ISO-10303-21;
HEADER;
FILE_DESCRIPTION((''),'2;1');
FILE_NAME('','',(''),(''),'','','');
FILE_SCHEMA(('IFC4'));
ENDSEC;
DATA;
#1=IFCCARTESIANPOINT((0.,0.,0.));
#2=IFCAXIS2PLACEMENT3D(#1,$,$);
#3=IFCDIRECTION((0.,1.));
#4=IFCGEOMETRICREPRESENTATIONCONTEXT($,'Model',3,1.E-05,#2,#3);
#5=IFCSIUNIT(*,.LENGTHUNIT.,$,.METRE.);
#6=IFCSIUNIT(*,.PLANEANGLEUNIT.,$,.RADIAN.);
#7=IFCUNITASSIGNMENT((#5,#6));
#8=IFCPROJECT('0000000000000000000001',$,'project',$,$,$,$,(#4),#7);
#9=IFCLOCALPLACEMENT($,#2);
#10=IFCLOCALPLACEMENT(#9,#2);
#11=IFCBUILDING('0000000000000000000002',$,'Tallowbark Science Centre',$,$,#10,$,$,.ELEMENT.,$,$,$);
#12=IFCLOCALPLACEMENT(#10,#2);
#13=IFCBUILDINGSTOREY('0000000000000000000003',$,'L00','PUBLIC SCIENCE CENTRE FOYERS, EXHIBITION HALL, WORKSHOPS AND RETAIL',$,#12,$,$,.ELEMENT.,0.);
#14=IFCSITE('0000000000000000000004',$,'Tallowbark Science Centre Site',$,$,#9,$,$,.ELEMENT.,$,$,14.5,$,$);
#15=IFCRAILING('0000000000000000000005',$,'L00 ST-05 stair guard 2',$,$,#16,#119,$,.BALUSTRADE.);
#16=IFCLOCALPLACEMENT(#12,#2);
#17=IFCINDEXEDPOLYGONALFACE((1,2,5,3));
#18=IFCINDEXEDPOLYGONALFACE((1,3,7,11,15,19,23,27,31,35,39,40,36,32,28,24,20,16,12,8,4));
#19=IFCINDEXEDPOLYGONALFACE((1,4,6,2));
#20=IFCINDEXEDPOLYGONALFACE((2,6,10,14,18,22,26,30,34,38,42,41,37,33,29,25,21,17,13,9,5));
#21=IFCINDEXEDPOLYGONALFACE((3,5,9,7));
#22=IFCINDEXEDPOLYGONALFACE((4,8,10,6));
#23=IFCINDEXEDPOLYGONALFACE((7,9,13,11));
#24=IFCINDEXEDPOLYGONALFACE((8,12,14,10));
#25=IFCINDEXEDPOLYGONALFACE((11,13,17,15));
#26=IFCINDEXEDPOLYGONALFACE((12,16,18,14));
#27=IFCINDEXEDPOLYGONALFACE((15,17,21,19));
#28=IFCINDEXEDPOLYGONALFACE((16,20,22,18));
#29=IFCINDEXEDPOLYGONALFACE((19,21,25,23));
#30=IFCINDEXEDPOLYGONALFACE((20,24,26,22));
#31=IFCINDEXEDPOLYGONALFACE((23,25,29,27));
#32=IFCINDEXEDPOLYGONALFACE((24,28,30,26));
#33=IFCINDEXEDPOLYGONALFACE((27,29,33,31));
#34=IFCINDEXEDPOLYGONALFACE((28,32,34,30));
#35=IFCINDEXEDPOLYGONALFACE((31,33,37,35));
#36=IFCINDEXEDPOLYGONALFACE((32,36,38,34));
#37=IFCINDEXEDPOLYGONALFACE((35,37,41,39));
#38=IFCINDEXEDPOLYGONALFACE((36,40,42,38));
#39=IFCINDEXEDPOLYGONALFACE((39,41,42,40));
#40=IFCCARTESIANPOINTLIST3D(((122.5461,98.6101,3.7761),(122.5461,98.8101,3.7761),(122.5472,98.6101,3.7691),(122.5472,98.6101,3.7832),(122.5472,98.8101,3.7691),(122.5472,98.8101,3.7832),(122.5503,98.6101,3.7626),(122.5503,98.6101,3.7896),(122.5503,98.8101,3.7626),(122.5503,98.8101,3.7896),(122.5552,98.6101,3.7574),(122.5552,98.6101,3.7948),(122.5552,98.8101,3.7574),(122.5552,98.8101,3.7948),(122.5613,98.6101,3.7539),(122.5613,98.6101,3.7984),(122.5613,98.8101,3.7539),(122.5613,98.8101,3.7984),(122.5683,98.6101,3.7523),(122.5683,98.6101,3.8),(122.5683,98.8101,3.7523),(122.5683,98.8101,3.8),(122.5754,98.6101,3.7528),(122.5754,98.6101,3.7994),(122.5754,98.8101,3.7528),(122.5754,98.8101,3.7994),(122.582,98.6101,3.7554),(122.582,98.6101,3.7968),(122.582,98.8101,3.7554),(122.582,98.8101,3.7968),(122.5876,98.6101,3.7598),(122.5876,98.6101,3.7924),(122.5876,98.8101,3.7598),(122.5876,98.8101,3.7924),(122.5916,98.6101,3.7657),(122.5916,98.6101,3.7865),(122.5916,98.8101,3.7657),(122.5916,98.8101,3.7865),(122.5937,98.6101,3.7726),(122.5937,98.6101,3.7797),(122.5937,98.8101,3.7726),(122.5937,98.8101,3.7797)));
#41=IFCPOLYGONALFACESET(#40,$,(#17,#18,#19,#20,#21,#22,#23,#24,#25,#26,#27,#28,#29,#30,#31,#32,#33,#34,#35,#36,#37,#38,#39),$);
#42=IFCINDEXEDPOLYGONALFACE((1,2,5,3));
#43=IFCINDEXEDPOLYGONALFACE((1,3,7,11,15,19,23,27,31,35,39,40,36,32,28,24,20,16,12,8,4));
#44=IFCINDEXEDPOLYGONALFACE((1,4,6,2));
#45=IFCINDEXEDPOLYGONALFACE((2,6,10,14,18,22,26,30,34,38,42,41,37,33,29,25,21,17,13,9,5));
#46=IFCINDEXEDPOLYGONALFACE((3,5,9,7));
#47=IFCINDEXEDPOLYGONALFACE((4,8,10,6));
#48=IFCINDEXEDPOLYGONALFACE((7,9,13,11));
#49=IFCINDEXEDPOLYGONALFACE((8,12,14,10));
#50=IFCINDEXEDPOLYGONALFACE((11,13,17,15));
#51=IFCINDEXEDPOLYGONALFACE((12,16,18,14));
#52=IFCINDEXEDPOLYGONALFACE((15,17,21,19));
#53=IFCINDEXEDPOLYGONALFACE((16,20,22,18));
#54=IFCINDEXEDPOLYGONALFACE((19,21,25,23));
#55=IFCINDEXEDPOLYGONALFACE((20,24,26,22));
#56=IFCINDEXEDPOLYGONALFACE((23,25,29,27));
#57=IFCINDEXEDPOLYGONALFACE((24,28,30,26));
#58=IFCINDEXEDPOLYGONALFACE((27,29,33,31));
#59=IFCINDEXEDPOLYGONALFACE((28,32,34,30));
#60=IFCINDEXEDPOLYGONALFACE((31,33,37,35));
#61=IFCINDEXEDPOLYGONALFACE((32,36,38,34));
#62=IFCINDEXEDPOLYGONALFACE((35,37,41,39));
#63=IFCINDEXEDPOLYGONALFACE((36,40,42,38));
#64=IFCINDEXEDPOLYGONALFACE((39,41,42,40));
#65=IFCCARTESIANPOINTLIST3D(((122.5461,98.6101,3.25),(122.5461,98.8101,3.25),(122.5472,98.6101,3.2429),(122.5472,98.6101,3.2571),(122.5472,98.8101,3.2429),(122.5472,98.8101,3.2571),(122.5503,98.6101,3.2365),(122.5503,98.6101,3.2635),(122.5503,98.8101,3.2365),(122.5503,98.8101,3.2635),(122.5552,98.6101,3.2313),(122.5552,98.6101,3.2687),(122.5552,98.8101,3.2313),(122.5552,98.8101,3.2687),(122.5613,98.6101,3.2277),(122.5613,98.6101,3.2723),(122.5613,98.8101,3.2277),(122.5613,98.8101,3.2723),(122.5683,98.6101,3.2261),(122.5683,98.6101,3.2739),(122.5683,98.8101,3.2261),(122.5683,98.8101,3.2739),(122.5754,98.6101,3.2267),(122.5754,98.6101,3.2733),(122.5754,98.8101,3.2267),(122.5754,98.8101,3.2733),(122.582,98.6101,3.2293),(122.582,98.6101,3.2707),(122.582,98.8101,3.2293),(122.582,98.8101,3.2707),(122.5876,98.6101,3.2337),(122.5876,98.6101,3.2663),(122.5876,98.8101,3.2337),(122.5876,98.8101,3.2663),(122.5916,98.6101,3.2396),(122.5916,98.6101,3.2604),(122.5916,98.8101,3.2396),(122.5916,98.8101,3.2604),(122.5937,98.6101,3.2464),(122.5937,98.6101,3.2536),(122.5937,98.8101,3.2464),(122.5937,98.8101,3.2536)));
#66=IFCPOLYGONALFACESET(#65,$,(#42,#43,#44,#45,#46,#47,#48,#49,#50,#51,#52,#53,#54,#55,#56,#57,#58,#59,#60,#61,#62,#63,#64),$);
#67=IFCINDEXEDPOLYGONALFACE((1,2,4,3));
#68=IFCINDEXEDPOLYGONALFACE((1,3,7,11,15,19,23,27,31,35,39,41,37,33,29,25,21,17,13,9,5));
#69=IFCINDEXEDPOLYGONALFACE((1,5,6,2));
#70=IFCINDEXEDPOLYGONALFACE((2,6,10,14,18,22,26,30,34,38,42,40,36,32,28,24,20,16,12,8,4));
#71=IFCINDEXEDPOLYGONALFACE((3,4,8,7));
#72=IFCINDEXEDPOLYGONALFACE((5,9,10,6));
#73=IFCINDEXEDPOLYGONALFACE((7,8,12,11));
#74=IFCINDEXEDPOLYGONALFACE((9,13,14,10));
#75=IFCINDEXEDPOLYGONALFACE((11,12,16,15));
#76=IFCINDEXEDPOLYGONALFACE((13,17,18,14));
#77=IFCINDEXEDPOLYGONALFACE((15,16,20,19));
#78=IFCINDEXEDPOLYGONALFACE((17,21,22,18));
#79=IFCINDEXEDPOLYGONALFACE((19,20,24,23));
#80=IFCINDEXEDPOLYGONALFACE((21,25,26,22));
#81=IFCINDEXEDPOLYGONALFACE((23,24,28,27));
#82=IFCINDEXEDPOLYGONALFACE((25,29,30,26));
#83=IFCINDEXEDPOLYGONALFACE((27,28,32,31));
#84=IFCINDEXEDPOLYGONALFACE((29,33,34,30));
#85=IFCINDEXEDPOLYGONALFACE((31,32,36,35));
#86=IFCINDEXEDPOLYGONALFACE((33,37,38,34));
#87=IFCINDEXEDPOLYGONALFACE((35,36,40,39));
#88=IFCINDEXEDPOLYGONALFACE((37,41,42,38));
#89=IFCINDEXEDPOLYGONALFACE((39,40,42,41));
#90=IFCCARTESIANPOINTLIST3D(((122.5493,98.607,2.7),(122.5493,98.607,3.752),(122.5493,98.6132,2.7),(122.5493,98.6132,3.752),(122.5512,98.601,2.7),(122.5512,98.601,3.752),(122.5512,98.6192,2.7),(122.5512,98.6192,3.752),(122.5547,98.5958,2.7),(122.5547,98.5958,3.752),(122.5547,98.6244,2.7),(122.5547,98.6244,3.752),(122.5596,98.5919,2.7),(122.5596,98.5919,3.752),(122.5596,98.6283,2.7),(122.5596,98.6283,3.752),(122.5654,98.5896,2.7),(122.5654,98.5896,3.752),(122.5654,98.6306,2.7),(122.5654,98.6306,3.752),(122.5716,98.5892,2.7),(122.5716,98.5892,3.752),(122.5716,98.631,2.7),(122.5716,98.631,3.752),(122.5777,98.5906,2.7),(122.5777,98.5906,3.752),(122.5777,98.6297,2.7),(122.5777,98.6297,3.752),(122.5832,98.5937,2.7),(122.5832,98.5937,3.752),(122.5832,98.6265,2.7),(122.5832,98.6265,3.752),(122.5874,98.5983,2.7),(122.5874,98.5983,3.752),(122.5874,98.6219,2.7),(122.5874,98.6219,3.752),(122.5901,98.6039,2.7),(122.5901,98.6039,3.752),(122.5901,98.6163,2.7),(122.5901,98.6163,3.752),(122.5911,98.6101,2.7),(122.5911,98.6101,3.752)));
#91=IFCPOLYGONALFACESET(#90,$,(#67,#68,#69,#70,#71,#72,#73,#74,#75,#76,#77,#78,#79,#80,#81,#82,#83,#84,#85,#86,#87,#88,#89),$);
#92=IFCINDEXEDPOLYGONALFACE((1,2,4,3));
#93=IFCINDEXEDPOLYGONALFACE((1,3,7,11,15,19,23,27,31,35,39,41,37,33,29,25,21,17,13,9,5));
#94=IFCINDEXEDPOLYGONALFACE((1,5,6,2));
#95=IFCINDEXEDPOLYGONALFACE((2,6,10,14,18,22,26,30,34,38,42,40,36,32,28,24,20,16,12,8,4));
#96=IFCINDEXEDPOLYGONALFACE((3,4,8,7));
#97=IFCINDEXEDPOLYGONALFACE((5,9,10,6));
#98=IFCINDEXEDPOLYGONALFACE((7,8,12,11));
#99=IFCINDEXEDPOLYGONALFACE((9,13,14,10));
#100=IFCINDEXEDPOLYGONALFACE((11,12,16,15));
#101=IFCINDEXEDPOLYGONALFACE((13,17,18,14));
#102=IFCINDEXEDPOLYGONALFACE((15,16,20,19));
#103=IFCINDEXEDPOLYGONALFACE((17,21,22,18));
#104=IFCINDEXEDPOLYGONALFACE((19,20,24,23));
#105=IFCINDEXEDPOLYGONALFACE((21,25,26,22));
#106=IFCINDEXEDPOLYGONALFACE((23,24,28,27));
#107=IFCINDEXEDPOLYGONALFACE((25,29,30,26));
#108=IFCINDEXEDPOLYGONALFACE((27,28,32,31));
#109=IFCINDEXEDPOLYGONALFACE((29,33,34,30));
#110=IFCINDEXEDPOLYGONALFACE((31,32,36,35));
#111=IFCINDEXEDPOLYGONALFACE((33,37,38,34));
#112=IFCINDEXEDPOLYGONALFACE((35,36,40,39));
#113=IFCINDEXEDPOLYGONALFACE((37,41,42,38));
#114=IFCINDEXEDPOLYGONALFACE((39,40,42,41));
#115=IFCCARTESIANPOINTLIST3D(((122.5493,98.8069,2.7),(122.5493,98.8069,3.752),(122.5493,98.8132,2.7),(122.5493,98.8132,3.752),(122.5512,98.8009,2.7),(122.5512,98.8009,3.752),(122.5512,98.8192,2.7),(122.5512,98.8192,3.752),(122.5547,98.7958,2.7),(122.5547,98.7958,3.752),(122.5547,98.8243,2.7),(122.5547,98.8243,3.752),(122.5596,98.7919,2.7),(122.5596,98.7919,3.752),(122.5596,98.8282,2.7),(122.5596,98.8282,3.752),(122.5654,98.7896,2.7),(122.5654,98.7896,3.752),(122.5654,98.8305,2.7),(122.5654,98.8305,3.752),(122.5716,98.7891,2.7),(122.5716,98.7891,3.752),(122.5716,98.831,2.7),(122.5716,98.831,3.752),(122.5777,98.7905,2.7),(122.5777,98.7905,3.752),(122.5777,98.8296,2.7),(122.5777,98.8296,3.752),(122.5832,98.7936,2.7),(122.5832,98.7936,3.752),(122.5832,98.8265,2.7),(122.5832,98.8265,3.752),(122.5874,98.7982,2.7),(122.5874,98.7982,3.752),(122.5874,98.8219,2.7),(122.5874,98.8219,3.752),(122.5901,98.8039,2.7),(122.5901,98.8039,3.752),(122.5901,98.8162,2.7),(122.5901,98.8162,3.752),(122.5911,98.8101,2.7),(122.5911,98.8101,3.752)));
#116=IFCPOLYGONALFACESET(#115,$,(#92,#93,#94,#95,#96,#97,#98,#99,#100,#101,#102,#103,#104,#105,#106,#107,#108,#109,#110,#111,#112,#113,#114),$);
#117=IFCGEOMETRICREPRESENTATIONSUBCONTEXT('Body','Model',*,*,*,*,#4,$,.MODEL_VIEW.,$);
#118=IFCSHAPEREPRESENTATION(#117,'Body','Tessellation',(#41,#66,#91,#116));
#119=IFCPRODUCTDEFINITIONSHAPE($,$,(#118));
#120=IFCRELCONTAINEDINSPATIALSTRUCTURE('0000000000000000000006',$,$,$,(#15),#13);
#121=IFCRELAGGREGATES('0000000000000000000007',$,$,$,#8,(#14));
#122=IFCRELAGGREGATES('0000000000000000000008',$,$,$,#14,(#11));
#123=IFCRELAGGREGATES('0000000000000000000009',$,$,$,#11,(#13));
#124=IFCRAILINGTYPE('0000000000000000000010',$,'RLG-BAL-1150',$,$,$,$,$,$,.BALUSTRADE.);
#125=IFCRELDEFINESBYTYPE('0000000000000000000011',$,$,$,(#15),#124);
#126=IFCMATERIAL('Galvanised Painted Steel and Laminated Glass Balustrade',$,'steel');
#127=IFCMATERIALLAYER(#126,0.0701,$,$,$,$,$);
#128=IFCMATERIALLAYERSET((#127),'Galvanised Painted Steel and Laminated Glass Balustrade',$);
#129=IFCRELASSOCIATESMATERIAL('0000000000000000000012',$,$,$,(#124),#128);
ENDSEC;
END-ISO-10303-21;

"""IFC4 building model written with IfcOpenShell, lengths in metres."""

from ifc_helpers import new_model, si_unit, direction, frame, origin, origin_2d, place, context, subcontext, project, spatial, circle, extrude, material, layer, layer_set, type_object, element, save


model = new_model("IFC4")

# Units and contexts
model_context = context("Model", 3, precision=1e-05, world=origin(), true_north=direction((0.0, 1.0)))
body_context = subcontext(model_context, "Body", "Model", "MODEL_VIEW")
ifc_project = project(units=[si_unit("LENGTHUNIT", "METRE"), si_unit("PLANEANGLEUNIT", "RADIAN")], contexts=[model_context])

# Site, building, storey
site_placement = place(None, origin())
site = spatial("IfcSite", under=ifc_project, at=site_placement, Name="Tallowbark Science Centre Site", CompositionType="ELEMENT", RefElevation=14.5)
building_placement = place(site_placement, origin())
building = spatial("IfcBuilding", under=site, at=building_placement, Name="Tallowbark Science Centre", CompositionType="ELEMENT")
storey_placement = place(building_placement, origin())
storey = spatial("IfcBuildingStorey", under=building, at=storey_placement, Name="L00", Description="PUBLIC SCIENCE CENTRE FOYERS, EXHIBITION HALL, WORKSHOPS AND RETAIL", CompositionType="ELEMENT", Elevation=0.0)

# Railing
ifc_material_1 = material(Name="Galvanised Painted Steel and Laminated Glass Balustrade", Category="steel")
ifc_layer_1 = layer(ifc_material_1, 0.0701)
ifc_layer_set_1 = layer_set([ifc_layer_1], Name="Galvanised Painted Steel and Laminated Glass Balustrade")
railing_type_1 = type_object("IfcRailingType", Name="RLG-BAL-1150", PredefinedType="BALUSTRADE", material=ifc_layer_set_1)
for number, where, name in (
    (1, (122.5701, 98.6101, 2.7), "L00 ST-05 stair guard 2"),
):
    element("IfcRailing", number, at=place(storey_placement, frame(where)), inside=storey, type_object=railing_type_1, Name=name, PredefinedType="BALUSTRADE", context=body_context, shape_type="SweptSolid", body=[
        extrude(circle(Radius=0.0239, at=origin_2d()), frame((0.0, 0.0, 1.0762), z_axis=(0.0, 1.0, 0.0), x_axis=(-1.0, 0.0, 0.0)), (0.0, 0.0, 1.0), 0.2),
        extrude(circle(Radius=0.0239, at=origin_2d()), frame((0.0, 0.0, 0.55), z_axis=(0.0, 1.0, 0.0), x_axis=(-1.0, 0.0, 0.0)), (0.0, 0.0, 1.0), 0.2),
        extrude(circle(Radius=0.021, at=origin_2d()), origin(), (0.0, 0.0, 1.0), 1.052),
        extrude(circle(Radius=0.021, at=origin_2d()), frame((0.0, 0.2, 0.0)), (0.0, 0.0, 1.0), 1.052),
    ])

save(model, "model.ifc")
